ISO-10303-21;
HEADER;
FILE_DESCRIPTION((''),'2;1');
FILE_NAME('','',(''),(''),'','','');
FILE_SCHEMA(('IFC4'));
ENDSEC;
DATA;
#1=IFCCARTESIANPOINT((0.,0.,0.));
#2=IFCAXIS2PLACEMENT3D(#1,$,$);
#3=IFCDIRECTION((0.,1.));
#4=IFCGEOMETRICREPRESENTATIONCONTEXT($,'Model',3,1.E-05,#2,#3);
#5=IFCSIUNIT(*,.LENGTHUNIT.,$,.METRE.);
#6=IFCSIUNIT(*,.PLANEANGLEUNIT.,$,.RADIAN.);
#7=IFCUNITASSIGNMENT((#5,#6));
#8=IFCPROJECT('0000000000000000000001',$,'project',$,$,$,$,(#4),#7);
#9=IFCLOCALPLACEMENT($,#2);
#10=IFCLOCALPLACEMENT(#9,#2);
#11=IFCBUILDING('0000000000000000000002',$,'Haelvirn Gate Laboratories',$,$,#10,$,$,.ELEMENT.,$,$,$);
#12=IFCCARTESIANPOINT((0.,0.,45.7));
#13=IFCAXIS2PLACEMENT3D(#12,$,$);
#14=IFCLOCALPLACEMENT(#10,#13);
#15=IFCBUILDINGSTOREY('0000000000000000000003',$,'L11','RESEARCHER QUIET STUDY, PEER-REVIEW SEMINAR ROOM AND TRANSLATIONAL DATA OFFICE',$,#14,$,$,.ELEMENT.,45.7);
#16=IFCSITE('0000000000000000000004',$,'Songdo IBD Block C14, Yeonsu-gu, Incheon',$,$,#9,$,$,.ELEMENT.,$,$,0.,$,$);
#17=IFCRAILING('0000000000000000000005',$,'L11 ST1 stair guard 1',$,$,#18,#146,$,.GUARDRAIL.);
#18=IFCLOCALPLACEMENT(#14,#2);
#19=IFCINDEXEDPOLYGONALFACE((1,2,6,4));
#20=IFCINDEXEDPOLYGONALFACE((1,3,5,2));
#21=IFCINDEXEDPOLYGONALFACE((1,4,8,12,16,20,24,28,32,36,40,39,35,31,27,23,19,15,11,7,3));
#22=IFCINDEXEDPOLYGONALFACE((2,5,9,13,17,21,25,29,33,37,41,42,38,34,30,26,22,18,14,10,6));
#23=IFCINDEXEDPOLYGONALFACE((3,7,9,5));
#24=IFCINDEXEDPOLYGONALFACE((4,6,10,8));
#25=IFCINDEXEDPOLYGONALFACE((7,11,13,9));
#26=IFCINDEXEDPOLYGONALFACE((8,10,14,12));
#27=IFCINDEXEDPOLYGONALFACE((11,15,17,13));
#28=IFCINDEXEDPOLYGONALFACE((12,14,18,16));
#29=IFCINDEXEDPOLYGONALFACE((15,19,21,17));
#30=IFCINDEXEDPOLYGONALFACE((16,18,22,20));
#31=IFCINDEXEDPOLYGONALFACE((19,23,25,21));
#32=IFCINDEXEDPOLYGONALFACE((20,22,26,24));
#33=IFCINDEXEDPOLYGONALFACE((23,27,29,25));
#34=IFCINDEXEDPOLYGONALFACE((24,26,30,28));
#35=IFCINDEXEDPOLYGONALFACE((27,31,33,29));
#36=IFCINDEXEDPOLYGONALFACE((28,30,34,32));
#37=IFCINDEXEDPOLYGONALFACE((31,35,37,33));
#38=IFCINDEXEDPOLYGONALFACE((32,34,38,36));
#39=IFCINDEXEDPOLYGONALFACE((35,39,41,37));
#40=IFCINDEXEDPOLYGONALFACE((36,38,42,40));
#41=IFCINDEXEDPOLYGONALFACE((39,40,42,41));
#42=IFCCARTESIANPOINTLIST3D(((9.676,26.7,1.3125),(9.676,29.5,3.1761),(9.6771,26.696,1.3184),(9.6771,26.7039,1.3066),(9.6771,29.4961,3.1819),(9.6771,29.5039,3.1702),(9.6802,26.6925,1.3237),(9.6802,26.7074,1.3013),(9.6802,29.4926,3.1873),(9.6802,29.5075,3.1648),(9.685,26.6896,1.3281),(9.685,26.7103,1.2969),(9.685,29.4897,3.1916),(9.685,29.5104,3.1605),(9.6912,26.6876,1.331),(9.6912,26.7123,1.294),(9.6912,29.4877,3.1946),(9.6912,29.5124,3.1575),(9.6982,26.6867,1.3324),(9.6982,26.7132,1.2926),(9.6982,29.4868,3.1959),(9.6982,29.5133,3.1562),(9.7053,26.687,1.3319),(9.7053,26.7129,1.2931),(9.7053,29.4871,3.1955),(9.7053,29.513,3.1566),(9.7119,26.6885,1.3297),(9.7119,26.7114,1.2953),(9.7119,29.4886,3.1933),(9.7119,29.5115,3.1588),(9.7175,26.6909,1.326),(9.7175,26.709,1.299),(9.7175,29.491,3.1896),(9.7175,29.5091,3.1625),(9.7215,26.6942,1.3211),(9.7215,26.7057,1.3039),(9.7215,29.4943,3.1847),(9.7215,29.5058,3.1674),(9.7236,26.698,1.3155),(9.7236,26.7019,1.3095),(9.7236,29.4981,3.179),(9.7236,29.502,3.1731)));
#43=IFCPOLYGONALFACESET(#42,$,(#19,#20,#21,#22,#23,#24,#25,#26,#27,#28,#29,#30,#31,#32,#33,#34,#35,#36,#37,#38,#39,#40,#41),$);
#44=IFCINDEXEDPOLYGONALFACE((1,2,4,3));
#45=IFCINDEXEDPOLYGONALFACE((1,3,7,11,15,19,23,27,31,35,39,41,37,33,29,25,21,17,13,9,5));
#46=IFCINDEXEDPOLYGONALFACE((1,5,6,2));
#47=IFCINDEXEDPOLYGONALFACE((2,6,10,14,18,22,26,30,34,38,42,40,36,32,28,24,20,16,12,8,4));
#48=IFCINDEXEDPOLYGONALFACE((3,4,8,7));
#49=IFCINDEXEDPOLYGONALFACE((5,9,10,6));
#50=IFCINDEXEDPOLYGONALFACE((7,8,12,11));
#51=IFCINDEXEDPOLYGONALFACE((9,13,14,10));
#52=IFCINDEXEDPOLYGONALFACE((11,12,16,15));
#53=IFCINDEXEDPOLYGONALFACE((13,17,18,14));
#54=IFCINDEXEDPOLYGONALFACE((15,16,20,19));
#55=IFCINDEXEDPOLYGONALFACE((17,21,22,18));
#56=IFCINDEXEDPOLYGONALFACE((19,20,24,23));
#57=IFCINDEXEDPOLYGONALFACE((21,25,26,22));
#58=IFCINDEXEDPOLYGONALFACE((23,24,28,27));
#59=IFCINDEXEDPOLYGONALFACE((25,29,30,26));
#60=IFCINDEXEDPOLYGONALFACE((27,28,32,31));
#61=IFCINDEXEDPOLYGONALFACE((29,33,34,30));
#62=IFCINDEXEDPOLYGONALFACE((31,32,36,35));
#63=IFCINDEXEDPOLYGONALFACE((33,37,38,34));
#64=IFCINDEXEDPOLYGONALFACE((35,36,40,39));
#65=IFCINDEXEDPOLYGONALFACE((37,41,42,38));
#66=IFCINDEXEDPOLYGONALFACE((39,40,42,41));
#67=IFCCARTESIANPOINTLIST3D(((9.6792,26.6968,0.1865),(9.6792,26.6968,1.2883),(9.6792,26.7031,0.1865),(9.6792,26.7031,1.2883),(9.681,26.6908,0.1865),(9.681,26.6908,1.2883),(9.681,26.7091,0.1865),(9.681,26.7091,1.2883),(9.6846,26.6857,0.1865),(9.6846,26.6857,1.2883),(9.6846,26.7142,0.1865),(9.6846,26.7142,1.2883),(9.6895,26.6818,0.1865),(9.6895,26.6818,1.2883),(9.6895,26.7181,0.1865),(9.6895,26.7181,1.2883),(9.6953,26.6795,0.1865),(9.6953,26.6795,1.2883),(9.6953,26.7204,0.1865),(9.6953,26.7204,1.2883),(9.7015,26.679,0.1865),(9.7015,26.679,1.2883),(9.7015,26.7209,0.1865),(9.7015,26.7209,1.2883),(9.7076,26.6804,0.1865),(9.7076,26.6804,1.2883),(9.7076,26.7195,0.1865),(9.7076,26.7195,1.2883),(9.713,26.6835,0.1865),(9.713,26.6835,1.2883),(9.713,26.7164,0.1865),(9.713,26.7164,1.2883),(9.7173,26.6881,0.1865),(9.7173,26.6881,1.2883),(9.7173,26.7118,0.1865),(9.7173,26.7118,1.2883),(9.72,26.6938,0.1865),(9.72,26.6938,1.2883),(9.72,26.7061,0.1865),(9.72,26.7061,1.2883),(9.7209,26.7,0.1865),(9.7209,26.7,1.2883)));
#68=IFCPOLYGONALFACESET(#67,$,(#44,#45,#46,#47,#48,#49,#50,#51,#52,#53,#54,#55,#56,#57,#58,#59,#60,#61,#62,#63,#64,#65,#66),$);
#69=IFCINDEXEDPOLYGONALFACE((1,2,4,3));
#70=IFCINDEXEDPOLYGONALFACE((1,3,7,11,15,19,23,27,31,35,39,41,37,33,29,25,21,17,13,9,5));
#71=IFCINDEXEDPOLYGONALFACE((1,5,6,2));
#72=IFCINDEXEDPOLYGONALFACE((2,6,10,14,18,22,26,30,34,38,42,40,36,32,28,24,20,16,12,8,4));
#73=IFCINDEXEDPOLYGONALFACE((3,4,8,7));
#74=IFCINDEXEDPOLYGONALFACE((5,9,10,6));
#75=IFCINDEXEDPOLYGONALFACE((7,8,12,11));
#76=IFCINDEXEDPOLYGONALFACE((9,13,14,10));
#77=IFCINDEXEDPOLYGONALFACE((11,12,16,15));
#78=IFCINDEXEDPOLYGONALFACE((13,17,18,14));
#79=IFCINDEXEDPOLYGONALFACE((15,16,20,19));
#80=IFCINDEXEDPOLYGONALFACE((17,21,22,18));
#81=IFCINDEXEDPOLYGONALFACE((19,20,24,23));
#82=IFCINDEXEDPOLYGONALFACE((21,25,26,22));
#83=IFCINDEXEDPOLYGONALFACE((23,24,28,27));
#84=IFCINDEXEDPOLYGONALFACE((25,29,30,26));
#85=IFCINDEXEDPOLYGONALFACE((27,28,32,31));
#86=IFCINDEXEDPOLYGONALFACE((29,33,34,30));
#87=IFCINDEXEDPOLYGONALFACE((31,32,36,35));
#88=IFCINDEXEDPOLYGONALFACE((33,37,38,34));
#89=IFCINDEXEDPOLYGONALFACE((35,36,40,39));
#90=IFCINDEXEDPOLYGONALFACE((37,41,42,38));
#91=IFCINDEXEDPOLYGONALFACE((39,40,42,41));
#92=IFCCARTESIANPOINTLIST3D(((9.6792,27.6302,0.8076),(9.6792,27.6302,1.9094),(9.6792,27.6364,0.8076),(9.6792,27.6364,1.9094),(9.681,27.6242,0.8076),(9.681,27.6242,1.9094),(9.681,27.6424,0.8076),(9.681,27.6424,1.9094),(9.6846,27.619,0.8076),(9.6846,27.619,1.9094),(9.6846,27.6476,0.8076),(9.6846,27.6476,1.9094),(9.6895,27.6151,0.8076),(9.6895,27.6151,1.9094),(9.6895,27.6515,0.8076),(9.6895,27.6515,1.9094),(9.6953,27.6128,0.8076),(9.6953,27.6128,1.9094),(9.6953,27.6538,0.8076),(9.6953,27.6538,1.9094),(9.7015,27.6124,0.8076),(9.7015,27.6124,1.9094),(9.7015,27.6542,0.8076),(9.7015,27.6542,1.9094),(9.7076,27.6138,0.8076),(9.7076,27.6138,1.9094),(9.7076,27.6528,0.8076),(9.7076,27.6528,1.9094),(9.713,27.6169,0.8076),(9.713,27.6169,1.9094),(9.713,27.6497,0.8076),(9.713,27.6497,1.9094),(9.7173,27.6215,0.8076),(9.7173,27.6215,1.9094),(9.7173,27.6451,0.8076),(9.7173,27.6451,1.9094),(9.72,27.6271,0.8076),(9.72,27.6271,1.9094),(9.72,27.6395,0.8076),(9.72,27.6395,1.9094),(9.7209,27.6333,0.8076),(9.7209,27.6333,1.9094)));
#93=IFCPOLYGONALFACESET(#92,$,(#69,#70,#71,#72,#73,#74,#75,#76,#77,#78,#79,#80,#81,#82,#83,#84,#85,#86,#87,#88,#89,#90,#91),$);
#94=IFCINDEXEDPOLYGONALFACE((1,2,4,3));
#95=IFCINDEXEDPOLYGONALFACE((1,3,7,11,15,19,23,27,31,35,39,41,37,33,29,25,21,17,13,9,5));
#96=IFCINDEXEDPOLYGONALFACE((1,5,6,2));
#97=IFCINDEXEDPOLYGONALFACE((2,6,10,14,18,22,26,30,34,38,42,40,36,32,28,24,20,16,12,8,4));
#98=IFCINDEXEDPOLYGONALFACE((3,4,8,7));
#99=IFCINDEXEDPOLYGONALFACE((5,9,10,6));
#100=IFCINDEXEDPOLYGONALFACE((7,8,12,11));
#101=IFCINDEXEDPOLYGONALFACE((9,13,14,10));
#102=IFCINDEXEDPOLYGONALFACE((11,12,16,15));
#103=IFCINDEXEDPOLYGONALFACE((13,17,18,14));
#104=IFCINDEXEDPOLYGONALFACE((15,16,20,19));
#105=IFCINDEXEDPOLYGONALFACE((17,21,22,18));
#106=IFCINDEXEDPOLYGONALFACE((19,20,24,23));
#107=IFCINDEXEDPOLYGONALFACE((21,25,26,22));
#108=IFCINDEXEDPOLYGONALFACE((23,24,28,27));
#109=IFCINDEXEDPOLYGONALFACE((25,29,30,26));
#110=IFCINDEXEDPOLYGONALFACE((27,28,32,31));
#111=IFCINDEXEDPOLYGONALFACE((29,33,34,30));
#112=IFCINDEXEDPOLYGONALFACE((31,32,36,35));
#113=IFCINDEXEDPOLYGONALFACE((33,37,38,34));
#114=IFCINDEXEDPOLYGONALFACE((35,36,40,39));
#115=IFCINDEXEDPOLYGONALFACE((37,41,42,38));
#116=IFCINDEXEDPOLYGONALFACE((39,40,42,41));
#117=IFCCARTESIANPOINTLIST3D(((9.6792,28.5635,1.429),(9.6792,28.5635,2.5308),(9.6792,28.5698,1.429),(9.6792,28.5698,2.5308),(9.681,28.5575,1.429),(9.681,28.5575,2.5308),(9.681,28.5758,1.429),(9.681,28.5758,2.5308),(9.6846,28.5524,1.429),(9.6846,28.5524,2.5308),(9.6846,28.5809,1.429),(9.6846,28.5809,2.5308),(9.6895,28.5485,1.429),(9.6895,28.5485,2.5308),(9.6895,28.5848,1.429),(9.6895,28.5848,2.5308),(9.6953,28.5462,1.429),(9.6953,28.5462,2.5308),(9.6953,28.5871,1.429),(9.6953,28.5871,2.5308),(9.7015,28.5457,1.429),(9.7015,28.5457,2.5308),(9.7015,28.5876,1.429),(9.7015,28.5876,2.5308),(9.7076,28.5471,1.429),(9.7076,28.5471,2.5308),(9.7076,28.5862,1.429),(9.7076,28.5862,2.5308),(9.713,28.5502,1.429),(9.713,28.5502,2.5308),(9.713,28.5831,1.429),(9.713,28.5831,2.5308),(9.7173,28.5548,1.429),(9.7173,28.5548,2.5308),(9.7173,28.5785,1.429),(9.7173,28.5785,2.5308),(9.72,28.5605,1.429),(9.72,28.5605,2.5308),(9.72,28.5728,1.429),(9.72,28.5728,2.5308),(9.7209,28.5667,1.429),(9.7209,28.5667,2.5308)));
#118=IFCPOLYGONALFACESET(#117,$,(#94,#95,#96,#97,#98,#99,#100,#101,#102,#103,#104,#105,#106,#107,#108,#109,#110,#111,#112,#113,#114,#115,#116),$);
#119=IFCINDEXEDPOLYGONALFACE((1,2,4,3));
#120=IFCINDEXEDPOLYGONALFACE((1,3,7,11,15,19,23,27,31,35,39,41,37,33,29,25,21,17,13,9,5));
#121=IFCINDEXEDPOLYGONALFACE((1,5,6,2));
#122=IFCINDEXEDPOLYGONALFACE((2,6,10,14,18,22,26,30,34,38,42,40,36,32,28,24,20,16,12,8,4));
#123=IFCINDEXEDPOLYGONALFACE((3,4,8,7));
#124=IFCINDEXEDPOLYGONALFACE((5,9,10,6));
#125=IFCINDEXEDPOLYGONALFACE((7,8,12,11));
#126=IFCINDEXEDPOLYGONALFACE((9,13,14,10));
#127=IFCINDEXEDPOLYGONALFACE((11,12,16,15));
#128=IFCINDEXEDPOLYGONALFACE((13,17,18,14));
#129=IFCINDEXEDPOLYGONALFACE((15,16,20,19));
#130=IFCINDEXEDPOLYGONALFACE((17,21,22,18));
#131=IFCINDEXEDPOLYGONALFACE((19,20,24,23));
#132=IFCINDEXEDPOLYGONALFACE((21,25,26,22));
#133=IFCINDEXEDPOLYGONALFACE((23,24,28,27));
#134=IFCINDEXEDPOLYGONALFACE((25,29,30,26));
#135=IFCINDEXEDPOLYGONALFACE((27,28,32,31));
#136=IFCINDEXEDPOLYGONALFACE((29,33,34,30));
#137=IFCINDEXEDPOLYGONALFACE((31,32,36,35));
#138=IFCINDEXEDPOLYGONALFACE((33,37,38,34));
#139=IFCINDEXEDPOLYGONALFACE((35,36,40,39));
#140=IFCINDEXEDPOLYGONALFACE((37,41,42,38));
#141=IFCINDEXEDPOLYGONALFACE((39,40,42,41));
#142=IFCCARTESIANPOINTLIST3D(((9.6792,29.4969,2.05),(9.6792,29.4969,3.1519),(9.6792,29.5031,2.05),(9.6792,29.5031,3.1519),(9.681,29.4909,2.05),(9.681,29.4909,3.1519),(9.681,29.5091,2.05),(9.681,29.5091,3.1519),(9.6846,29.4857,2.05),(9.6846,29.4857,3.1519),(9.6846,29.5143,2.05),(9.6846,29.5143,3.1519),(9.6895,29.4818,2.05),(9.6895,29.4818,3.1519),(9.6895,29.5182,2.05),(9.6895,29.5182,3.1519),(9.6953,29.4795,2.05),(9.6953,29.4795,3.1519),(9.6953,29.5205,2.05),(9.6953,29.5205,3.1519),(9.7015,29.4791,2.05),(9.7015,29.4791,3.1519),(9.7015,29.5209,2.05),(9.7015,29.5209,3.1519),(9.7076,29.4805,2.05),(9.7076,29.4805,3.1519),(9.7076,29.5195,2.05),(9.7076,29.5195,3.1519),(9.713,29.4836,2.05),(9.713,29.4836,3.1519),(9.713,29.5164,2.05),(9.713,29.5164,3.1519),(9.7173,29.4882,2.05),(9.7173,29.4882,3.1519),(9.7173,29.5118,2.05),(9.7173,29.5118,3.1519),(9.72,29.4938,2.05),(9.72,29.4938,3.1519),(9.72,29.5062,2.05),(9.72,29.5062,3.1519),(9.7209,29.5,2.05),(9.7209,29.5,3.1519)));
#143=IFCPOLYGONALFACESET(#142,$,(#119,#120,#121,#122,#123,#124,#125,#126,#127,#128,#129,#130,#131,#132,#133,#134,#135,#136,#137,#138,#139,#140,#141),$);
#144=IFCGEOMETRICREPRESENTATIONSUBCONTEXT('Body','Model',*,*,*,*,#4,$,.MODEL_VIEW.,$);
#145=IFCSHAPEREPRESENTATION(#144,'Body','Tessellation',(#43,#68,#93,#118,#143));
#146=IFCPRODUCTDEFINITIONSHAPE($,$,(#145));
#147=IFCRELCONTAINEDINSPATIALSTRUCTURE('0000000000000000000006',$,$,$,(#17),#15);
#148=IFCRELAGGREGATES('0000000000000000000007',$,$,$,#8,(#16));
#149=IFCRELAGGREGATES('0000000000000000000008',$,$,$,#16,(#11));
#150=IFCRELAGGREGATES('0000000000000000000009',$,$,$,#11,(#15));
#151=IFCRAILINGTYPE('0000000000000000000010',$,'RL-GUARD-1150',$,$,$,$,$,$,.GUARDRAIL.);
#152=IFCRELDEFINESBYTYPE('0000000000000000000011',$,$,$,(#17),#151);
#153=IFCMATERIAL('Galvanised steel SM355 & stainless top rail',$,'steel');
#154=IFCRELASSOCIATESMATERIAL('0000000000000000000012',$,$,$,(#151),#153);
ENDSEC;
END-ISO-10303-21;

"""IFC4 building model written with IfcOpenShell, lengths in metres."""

from ifc_helpers import new_model, si_unit, direction, frame, origin, origin_2d, place, context, subcontext, project, spatial, circle, extrude, source, transform, mapped, material, type_object, element, save


model = new_model("IFC4")

# Units and contexts
model_context = context("Model", 3, precision=1e-05, world=origin(), true_north=direction((0.0, 1.0)))
body_context = subcontext(model_context, "Body", "Model", "MODEL_VIEW")
ifc_project = project(units=[si_unit("LENGTHUNIT", "METRE"), si_unit("PLANEANGLEUNIT", "RADIAN")], contexts=[model_context])

# Site, building, storey
site_placement = place(None, origin())
site = spatial("IfcSite", under=ifc_project, at=site_placement, Name="Songdo IBD Block C14, Yeonsu-gu, Incheon", CompositionType="ELEMENT", RefElevation=0.0)
building_placement = place(site_placement, origin())
building = spatial("IfcBuilding", under=site, at=building_placement, Name="Haelvirn Gate Laboratories", CompositionType="ELEMENT")
storey_placement = place(building_placement, frame((0.0, 0.0, 45.7)))
storey = spatial("IfcBuildingStorey", under=building, at=storey_placement, Name="L11", Description="RESEARCHER QUIET STUDY, PEER-REVIEW SEMINAR ROOM AND TRANSLATIONAL DATA OFFICE", CompositionType="ELEMENT", Elevation=45.7)

# Railing
ifc_material_1 = material(Name="Galvanised steel SM355 & stainless top rail", Category="steel")
railing_type_1 = type_object("IfcRailingType", Name="RL-GUARD-1150", PredefinedType="GUARDRAIL", material=ifc_material_1)
shared_shape_1 = source(origin(), body_context, "Body", "SweptSolid", [
    extrude(circle(Radius=0.0239, at=origin_2d()), frame((0.0, 0.0, 1.126), z_axis=(0.0, 0.832486, 0.554047), x_axis=(-1.0, 0.0, 0.0)), (0.0, 0.0, 1.0), 3.3635),
    extrude(circle(Radius=0.021, at=origin_2d()), origin(), (0.0, 0.0, 1.0), 1.1018),
    extrude(circle(Radius=0.021, at=origin_2d()), frame((0.0, 0.9333, 0.6211)), (0.0, 0.0, 1.0), 1.1018),
    extrude(circle(Radius=0.021, at=origin_2d()), frame((0.0, 1.8667, 1.2424)), (0.0, 0.0, 1.0), 1.1018),
    extrude(circle(Radius=0.021, at=origin_2d()), frame((0.0, 2.8, 1.8635)), (0.0, 0.0, 1.0), 1.1018),
])
railing_1_placement = place(storey_placement, frame((9.7, 26.7, 0.1865)))
element("IfcRailing", 1, at=railing_1_placement, inside=storey, type_object=railing_type_1, Name="L11 ST1 stair guard 1", PredefinedType="GUARDRAIL", context=body_context, shape_type="MappedRepresentation", body=[
    mapped(shared_shape_1, transform((0.0, 0.0, 0.0), scale=1.0)),
])

save(model, "model.ifc")
